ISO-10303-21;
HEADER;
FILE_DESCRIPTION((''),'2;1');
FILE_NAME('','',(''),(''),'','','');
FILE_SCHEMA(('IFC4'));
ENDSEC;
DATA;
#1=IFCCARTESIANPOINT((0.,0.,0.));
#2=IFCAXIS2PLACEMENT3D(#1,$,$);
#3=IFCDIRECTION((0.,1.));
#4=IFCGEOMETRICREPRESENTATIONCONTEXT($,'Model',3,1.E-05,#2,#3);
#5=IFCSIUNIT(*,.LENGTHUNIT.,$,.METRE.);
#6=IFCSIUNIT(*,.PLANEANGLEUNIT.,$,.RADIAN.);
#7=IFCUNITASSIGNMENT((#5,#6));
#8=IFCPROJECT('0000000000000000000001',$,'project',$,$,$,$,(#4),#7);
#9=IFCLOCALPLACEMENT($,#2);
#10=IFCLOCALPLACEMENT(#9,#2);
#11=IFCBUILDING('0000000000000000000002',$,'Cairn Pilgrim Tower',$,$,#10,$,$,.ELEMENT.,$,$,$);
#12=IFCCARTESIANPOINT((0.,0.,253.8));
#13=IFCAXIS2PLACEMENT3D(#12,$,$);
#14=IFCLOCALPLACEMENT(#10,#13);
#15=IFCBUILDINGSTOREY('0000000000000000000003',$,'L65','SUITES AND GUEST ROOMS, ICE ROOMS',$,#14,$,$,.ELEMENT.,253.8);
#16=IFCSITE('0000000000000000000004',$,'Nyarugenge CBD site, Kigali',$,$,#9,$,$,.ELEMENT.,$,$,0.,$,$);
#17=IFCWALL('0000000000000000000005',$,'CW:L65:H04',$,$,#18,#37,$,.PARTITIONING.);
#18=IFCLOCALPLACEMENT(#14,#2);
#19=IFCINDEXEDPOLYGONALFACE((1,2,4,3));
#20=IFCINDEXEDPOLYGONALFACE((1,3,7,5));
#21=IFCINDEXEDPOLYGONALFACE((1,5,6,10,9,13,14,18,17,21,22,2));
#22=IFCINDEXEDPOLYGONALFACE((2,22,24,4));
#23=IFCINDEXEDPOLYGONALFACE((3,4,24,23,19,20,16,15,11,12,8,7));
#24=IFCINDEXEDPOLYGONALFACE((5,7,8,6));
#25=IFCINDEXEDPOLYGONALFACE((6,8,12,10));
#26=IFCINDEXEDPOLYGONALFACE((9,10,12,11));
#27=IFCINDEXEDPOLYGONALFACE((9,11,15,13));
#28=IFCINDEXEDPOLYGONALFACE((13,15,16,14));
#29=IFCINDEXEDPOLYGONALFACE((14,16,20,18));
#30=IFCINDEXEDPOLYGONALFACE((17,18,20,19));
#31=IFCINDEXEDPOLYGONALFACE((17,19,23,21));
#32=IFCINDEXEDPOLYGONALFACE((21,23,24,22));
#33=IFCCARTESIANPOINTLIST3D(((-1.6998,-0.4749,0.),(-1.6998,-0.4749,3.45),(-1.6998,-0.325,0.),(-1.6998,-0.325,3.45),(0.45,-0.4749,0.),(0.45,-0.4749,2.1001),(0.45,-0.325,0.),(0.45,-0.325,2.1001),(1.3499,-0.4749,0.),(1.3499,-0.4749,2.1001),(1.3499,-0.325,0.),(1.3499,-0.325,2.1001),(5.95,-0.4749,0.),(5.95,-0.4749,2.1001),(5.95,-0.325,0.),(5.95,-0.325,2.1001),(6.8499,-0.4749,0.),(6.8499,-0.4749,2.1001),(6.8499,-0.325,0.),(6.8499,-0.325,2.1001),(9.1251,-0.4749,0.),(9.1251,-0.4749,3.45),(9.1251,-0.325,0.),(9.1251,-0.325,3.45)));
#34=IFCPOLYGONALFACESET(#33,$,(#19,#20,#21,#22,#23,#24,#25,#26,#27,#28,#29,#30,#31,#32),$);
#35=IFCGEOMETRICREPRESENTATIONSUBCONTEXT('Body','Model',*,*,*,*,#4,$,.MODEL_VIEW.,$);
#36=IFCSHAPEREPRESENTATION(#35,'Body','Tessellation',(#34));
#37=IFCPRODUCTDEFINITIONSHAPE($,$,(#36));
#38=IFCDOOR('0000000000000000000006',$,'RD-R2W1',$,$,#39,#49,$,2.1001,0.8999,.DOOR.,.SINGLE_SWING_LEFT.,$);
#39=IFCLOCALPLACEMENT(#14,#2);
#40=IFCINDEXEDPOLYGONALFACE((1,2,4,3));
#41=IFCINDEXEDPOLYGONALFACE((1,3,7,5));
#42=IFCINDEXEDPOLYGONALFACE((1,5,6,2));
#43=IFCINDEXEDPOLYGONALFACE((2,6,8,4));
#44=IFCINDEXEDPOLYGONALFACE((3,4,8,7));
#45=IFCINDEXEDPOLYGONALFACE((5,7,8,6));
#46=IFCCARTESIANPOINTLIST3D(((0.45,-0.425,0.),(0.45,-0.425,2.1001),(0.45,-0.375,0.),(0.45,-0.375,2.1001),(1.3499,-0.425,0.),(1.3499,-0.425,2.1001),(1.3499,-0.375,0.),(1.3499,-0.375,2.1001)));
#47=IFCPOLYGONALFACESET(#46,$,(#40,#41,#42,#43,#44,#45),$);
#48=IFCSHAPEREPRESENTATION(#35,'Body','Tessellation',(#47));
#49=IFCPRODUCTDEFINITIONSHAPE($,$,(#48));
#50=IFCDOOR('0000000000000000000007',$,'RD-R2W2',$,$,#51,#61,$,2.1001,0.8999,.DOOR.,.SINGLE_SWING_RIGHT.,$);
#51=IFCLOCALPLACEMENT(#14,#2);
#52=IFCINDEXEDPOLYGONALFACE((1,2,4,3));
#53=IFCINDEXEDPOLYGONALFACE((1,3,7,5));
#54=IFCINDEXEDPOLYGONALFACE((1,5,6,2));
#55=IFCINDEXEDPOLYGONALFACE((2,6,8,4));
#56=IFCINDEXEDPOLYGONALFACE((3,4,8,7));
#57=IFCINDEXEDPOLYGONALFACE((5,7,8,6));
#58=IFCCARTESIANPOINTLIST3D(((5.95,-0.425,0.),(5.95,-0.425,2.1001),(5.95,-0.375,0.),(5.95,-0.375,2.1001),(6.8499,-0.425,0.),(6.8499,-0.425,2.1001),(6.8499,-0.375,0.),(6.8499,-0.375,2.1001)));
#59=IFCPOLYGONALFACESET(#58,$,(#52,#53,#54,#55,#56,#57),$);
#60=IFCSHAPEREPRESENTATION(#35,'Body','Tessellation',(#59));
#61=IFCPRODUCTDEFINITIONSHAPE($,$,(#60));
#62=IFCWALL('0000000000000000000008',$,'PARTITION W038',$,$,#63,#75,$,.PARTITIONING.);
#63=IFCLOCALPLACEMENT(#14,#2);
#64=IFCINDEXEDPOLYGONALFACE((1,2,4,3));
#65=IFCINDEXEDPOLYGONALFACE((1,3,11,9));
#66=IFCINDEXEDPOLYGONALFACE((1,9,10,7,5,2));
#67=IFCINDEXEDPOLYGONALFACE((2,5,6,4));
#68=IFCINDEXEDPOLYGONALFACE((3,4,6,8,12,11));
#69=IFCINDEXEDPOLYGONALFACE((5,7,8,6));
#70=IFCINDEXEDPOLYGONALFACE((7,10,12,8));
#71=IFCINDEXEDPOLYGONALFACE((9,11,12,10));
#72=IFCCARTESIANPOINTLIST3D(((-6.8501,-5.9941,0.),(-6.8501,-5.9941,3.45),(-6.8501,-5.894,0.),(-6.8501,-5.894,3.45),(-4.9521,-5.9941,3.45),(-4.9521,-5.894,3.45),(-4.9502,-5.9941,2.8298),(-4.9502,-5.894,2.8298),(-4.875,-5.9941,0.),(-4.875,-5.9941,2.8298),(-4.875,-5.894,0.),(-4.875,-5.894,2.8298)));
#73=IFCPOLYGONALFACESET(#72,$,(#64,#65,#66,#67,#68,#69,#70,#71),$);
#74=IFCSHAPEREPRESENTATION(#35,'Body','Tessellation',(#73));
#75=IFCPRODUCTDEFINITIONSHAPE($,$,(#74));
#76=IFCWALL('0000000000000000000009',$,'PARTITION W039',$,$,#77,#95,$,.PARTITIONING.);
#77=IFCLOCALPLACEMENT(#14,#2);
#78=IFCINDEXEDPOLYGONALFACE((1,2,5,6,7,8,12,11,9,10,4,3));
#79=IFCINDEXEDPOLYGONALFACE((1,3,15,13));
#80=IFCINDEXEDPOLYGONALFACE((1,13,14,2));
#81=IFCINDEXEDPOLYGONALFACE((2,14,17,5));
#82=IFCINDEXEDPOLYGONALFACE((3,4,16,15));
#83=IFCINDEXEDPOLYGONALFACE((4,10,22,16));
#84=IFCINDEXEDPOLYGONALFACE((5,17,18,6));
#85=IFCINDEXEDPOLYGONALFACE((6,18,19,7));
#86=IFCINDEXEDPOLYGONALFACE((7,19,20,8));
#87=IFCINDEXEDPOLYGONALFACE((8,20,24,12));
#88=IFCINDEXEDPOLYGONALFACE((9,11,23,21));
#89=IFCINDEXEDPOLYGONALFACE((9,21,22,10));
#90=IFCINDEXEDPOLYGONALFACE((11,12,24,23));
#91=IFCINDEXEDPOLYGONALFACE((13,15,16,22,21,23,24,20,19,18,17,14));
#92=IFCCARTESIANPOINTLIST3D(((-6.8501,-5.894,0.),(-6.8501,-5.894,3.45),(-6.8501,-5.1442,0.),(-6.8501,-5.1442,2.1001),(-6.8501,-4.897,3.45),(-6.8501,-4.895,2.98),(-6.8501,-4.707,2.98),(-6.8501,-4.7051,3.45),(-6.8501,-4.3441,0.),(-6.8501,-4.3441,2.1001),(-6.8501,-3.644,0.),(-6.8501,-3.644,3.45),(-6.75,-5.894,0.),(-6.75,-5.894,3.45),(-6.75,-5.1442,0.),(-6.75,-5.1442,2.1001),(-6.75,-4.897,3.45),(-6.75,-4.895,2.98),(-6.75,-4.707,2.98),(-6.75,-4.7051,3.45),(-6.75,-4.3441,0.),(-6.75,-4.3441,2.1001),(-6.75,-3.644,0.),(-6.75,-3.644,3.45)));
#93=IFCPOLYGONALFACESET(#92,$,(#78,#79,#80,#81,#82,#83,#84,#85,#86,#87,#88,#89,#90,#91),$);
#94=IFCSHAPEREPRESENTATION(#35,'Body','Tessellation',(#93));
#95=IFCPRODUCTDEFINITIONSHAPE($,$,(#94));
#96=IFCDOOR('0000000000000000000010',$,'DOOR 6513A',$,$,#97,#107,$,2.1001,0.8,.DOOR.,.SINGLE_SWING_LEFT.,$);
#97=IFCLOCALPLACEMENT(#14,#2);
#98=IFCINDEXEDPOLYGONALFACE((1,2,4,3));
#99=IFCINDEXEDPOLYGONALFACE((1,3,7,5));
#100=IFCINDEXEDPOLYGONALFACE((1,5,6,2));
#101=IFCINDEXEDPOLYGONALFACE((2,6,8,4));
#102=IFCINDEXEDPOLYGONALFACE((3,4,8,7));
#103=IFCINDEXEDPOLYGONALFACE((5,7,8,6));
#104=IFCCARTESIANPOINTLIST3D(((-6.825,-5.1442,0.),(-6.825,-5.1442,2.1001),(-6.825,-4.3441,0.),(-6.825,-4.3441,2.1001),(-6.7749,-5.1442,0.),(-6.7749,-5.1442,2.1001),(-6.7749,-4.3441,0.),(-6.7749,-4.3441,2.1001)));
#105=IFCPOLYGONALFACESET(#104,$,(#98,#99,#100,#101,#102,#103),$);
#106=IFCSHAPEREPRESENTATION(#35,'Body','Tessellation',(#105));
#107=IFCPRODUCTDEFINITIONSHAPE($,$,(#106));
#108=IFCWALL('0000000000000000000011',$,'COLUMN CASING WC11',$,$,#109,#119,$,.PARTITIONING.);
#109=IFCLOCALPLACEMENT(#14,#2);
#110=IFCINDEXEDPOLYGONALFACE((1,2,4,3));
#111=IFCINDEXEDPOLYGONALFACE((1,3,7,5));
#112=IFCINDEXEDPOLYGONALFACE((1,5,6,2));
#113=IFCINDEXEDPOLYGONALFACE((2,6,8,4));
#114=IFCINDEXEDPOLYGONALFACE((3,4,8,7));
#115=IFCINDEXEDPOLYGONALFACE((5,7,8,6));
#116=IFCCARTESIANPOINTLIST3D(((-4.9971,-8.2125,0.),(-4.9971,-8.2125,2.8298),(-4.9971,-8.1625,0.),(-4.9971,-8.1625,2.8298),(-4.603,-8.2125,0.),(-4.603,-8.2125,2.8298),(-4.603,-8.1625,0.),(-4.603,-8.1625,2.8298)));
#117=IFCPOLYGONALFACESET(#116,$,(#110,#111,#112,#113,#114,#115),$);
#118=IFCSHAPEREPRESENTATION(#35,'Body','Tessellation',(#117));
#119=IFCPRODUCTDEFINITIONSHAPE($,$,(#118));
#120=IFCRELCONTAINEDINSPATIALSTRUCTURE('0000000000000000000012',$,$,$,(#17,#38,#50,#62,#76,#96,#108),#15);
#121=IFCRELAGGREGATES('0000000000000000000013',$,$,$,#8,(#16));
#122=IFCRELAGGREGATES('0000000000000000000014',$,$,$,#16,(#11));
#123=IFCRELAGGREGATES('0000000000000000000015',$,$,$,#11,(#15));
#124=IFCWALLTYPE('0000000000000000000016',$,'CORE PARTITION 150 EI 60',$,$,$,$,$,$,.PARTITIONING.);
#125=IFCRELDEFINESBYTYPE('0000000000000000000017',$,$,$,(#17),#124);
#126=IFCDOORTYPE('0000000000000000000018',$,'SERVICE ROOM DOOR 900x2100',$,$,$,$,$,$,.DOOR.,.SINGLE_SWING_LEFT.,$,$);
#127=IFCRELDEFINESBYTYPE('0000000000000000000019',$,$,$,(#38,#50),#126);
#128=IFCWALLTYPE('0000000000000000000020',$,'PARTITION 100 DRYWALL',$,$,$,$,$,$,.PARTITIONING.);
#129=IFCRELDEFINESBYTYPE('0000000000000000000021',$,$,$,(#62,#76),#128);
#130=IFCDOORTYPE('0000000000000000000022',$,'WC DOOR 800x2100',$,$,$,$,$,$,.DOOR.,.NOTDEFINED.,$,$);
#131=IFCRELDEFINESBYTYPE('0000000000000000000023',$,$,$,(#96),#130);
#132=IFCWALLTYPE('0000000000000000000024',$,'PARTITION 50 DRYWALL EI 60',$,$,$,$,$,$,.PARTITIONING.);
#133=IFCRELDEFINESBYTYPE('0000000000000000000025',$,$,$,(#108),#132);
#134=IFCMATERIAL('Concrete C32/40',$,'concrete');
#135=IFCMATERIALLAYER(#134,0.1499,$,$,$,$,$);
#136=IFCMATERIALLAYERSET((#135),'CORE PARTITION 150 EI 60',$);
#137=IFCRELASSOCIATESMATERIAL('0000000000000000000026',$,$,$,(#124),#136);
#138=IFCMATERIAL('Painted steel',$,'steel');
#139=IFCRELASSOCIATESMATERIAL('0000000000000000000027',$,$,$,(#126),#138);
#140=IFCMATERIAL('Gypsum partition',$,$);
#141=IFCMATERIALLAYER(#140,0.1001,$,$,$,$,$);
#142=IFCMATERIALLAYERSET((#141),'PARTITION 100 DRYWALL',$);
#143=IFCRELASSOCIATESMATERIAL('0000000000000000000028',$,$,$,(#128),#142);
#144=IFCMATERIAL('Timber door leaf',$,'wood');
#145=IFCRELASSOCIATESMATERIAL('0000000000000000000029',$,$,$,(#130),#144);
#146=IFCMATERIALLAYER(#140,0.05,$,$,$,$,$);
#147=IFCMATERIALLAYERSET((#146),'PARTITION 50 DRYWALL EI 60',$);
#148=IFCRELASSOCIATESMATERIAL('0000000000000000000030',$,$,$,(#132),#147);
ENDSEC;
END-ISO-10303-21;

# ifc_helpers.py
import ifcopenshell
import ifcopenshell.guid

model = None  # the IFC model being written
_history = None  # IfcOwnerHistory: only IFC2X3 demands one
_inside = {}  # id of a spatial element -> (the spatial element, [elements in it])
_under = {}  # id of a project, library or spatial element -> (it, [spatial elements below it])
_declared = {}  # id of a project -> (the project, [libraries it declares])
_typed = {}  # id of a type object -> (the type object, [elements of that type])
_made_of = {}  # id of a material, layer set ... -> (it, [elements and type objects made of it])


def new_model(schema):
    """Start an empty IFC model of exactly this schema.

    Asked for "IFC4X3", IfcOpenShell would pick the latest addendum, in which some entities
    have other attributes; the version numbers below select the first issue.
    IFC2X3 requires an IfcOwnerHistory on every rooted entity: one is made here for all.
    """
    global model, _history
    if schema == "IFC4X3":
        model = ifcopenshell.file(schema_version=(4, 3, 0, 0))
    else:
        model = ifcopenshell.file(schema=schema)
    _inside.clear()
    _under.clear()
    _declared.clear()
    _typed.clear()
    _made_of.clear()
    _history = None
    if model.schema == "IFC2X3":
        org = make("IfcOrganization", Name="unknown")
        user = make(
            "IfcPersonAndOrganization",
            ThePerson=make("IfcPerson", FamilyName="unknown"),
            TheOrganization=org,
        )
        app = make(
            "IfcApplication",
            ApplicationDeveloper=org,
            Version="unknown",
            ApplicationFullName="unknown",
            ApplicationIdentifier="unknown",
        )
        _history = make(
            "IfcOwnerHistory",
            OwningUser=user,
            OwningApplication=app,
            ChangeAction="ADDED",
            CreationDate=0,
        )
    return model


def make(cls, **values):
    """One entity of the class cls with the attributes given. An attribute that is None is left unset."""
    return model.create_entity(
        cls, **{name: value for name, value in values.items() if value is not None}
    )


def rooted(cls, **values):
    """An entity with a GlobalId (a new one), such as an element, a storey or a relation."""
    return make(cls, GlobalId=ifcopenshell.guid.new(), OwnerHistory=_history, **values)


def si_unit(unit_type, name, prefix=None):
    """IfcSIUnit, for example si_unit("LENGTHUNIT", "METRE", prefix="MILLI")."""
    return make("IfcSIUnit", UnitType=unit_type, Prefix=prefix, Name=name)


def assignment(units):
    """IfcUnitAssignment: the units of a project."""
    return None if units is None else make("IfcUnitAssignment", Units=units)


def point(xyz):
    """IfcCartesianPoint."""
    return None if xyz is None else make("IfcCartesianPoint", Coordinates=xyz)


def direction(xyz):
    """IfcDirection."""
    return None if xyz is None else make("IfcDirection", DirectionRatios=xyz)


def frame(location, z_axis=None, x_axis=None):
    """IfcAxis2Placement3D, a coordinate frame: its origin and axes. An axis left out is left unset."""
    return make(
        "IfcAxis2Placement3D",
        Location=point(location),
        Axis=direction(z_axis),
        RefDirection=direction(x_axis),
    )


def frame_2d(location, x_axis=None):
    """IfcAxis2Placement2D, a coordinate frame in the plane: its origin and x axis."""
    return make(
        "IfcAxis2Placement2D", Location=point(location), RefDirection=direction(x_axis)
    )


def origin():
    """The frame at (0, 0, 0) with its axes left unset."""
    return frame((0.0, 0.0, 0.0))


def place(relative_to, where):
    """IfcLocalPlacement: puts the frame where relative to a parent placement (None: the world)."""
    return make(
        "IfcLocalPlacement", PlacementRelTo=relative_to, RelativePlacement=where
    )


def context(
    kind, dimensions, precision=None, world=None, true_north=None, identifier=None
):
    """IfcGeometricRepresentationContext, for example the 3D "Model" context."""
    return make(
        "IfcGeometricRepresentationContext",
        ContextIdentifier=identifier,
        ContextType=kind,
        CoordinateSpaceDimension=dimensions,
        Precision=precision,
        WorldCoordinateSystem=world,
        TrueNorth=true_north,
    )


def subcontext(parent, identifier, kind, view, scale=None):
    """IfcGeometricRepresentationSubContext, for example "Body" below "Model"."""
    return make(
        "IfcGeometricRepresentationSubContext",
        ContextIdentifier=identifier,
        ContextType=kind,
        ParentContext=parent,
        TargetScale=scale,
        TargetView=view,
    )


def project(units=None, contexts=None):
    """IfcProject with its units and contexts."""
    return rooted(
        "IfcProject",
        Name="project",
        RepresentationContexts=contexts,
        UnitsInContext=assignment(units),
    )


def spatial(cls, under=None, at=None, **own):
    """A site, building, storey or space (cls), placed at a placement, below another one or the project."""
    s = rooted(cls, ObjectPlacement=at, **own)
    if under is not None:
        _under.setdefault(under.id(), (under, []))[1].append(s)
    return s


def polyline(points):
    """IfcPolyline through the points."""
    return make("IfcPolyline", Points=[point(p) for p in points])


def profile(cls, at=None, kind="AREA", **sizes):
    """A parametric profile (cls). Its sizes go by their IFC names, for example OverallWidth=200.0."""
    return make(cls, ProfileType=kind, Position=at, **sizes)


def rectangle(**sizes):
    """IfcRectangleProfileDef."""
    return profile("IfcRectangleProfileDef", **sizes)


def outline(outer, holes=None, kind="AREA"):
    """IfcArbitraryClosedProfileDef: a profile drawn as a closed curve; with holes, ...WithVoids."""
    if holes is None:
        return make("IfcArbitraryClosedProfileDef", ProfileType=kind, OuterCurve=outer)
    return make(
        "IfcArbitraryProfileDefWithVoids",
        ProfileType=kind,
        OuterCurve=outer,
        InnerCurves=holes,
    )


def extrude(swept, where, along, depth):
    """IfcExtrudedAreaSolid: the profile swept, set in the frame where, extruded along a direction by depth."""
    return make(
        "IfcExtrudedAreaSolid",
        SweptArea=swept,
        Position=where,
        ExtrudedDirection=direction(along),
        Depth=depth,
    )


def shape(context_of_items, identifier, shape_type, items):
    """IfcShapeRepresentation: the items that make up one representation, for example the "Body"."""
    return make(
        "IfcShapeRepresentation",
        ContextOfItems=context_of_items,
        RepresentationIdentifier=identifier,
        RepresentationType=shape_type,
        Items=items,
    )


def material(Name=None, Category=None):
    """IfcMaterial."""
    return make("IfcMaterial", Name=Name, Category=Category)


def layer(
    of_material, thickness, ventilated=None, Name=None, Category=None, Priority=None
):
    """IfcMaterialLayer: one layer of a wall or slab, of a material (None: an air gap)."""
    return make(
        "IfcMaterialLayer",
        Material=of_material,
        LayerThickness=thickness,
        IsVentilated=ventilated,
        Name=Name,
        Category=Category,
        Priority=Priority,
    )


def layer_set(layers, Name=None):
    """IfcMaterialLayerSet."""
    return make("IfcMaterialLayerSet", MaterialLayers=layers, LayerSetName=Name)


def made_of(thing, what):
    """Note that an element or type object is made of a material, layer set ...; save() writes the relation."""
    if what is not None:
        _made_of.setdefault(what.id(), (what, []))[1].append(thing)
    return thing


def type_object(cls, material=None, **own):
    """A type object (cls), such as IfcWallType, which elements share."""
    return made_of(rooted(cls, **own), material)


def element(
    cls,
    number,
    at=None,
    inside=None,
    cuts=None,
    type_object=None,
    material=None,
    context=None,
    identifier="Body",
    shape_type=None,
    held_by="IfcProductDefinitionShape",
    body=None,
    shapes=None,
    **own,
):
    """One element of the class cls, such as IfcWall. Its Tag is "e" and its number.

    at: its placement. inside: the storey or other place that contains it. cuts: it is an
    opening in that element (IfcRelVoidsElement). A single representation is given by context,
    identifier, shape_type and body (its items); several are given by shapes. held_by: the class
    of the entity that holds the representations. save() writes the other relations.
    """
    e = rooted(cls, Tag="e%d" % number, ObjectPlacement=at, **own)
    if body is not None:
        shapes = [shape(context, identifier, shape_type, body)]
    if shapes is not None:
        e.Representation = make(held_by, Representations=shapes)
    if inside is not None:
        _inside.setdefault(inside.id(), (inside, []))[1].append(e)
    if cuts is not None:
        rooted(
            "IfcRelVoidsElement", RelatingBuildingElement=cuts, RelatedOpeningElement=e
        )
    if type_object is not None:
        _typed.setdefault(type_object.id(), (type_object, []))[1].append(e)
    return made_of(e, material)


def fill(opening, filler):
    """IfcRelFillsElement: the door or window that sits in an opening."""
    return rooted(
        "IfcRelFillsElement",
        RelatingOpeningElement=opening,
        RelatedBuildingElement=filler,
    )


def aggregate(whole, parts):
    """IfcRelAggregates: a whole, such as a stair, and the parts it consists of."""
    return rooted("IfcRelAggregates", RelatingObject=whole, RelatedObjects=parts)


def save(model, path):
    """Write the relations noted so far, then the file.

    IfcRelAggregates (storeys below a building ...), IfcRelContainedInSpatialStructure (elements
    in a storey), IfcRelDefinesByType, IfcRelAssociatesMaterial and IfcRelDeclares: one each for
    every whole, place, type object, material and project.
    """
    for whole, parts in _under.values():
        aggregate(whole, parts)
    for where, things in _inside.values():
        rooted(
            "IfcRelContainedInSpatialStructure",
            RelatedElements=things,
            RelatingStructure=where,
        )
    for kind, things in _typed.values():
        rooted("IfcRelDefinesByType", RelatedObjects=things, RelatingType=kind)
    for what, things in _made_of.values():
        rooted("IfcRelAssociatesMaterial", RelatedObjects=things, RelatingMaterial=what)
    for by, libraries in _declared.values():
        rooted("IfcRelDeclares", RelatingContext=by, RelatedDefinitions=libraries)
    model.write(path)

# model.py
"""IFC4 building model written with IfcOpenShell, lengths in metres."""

from ifc_helpers import new_model, si_unit, direction, frame, frame_2d, origin, place, context, subcontext, project, spatial, polyline, rectangle, outline, extrude, material, layer, layer_set, type_object, element, fill, save


model = new_model("IFC4")

# Units and contexts
model_context = context("Model", 3, precision=1e-05, world=origin(), true_north=direction((0.0, 1.0)))
body_context = subcontext(model_context, "Body", "Model", "MODEL_VIEW")
ifc_project = project(units=[si_unit("LENGTHUNIT", "METRE"), si_unit("PLANEANGLEUNIT", "RADIAN")], contexts=[model_context])

# Site, building, storey
site_placement = place(None, origin())
site = spatial("IfcSite", under=ifc_project, at=site_placement, Name="Nyarugenge CBD site, Kigali", CompositionType="ELEMENT", RefElevation=0.0)
building_placement = place(site_placement, origin())
building = spatial("IfcBuilding", under=site, at=building_placement, Name="Cairn Pilgrim Tower", CompositionType="ELEMENT")
storey_placement = place(building_placement, frame((0.0, 0.0, 253.8)))
storey = spatial("IfcBuildingStorey", under=building, at=storey_placement, Name="L65", Description="SUITES AND GUEST ROOMS, ICE ROOMS", CompositionType="ELEMENT", Elevation=253.8)

# Shared definitions
ifc_material_1 = material(Name="Concrete C32/40", Category="concrete")

# Wall, openings, doors
ifc_material_2 = material(Name="Painted steel", Category="steel")
ifc_layer_1 = layer(ifc_material_1, 0.1499)
ifc_layer_set_1 = layer_set([ifc_layer_1], Name="CORE PARTITION 150 EI 60")
wall_type_1 = type_object("IfcWallType", Name="CORE PARTITION 150 EI 60", PredefinedType="PARTITIONING", material=ifc_layer_set_1)
door_type_1 = type_object("IfcDoorType", Name="SERVICE ROOM DOOR 900x2100", OperationType="SINGLE_SWING_LEFT", PredefinedType="DOOR", material=ifc_material_2)
wall_1_placement = place(storey_placement, frame((-1.7, -0.3999, 0.0), z_axis=(0.0, 0.0, 1.0), x_axis=(1.0, 0.0, 0.0)))
wall_1 = element("IfcWall", 1, at=wall_1_placement, inside=storey, type_object=wall_type_1, Name="CW:L65:H04", PredefinedType="PARTITIONING", context=body_context, shape_type="SweptSolid", body=[
    extrude(rectangle(XDim=10.825, YDim=0.1499, at=frame_2d((5.4126, 0.0))), origin(), (0.0, 0.0, 1.0), 3.45),
])
opening_1_placement = place(wall_1_placement, frame((2.1499, 0.0, 0.0)))
opening_1 = element("IfcOpeningElement", 2, at=opening_1_placement, cuts=wall_1, PredefinedType="OPENING", context=body_context, shape_type="SweptSolid", body=[
    extrude(rectangle(XDim=0.8999, YDim=2.1001, at=frame_2d((0.45, 1.05))), frame((0.0, 0.085, 0.0), z_axis=(0.0, -1.0, 0.0), x_axis=(1.0, 0.0, 0.0)), (0.0, 0.0, 1.0), 0.1699),
])
opening_2_placement = place(wall_1_placement, frame((7.6499, 0.0, 0.0)))
opening_2 = element("IfcOpeningElement", 3, at=opening_2_placement, cuts=wall_1, PredefinedType="OPENING", context=body_context, shape_type="SweptSolid", body=[
    extrude(rectangle(XDim=0.8999, YDim=2.1001, at=frame_2d((0.45, 1.05))), frame((0.0, 0.085, 0.0), z_axis=(0.0, -1.0, 0.0), x_axis=(1.0, 0.0, 0.0)), (0.0, 0.0, 1.0), 0.1699),
])
door_1_placement = place(opening_1_placement, origin())
door_1 = element("IfcDoor", 4, at=door_1_placement, inside=storey, type_object=door_type_1, Name="RD-R2W1", OperationType="SINGLE_SWING_LEFT", OverallHeight=2.1001, OverallWidth=0.8999, PredefinedType="DOOR", context=body_context, shape_type="SweptSolid", body=[
    extrude(rectangle(XDim=0.8999, YDim=2.1001, at=frame_2d((0.45, 1.05))), frame((0.0, 0.0249, 0.0), z_axis=(0.0, -1.0, 0.0), x_axis=(1.0, 0.0, 0.0)), (0.0, 0.0, 1.0), 0.05),
])
fill(opening_1, door_1)
door_2_placement = place(opening_2_placement, origin())
door_2 = element("IfcDoor", 5, at=door_2_placement, inside=storey, type_object=door_type_1, Name="RD-R2W2", OperationType="SINGLE_SWING_RIGHT", OverallHeight=2.1001, OverallWidth=0.8999, PredefinedType="DOOR", context=body_context, shape_type="SweptSolid", body=[
    extrude(rectangle(XDim=0.8999, YDim=2.1001, at=frame_2d((0.45, 1.05))), frame((0.0, 0.0249, 0.0), z_axis=(0.0, -1.0, 0.0), x_axis=(1.0, 0.0, 0.0)), (0.0, 0.0, 1.0), 0.05),
])
fill(opening_2, door_2)

# Wall
ifc_material_3 = material(Name="Gypsum partition")
ifc_layer_2 = layer(ifc_material_3, 0.1001)
ifc_layer_set_2 = layer_set([ifc_layer_2], Name="PARTITION 100 DRYWALL")
wall_type_2 = type_object("IfcWallType", Name="PARTITION 100 DRYWALL", PredefinedType="PARTITIONING", material=ifc_layer_set_2)
wall_2_placement = place(storey_placement, frame((-6.8501, -5.9441, 0.0), z_axis=(0.0, 0.0, 1.0), x_axis=(1.0, 0.0, 0.0)))
element("IfcWall", 6, at=wall_2_placement, inside=storey, type_object=wall_type_2, Name="PARTITION W038", PredefinedType="PARTITIONING", context=body_context, shape_type="SweptSolid", body=[
    extrude(outline(polyline([(0.0, 0.0), (1.9751, 0.0), (1.9751, 2.8298), (1.8999, 2.8298), (1.8979, 3.45), (0.0, 3.45), (0.0, 0.0)])), frame((0.0, 0.05, 0.0), z_axis=(0.0, -1.0, 0.0), x_axis=(1.0, 0.0, 0.0)), (0.0, 0.0, 1.0), 0.1001),
])

# Wall, opening, door
wall_3_placement = place(storey_placement, frame((-6.8, -5.894, 0.0), z_axis=(0.0, 0.0, 1.0), x_axis=(0.0, 1.0, 0.0)))
wall_3 = element("IfcWall", 7, at=wall_3_placement, inside=storey, type_object=wall_type_2, Name="PARTITION W039", PredefinedType="PARTITIONING", context=body_context, shape_type="SweptSolid", body=[
    extrude(outline(polyline([(0.0, 0.0), (2.25, 0.0), (2.25, 3.45), (1.189, 3.45), (1.187, 2.98), (0.999, 2.98), (0.9971, 3.45), (0.0, 3.45), (0.0, 0.0)])), frame((0.0, 0.05, 0.0), z_axis=(0.0, -1.0, 0.0), x_axis=(1.0, 0.0, 0.0)), (0.0, 0.0, 1.0), 0.1001),
])
opening_3_placement = place(wall_3_placement, frame((0.75, 0.0, 0.0)))
opening_3 = element("IfcOpeningElement", 8, at=opening_3_placement, cuts=wall_3, PredefinedType="OPENING", context=body_context, shape_type="SweptSolid", body=[
    extrude(rectangle(XDim=0.8, YDim=2.1001, at=frame_2d((0.3999, 1.05))), frame((0.0, 0.0601, 0.0), z_axis=(0.0, -1.0, 0.0), x_axis=(1.0, 0.0, 0.0)), (0.0, 0.0, 1.0), 0.1201),
])
ifc_material_4 = material(Name="Timber door leaf", Category="wood")
door_type_2 = type_object("IfcDoorType", Name="WC DOOR 800x2100", OperationType="NOTDEFINED", PredefinedType="DOOR", material=ifc_material_4)
door_3_placement = place(opening_3_placement, origin())
door_3 = element("IfcDoor", 9, at=door_3_placement, inside=storey, type_object=door_type_2, Name="DOOR 6513A", OperationType="SINGLE_SWING_LEFT", OverallHeight=2.1001, OverallWidth=0.8, PredefinedType="DOOR", context=body_context, shape_type="SweptSolid", body=[
    extrude(rectangle(XDim=0.8, YDim=2.1001, at=frame_2d((0.3999, 1.05))), frame((0.0, 0.0249, 0.0), z_axis=(0.0, -1.0, 0.0), x_axis=(1.0, 0.0, 0.0)), (0.0, 0.0, 1.0), 0.05),
])
fill(opening_3, door_3)

# Wall
ifc_layer_3 = layer(ifc_material_3, 0.05)
ifc_layer_set_3 = layer_set([ifc_layer_3], Name="PARTITION 50 DRYWALL EI 60")
wall_type_3 = type_object("IfcWallType", Name="PARTITION 50 DRYWALL EI 60", PredefinedType="PARTITIONING", material=ifc_layer_set_3)
wall_4_placement = place(storey_placement, frame((-4.9971, -8.1875, 0.0), z_axis=(0.0, 0.0, 1.0), x_axis=(1.0, 0.0, 0.0)))
element("IfcWall", 10, at=wall_4_placement, inside=storey, type_object=wall_type_3, Name="COLUMN CASING WC11", PredefinedType="PARTITIONING", context=body_context, shape_type="SweptSolid", body=[
    extrude(rectangle(XDim=0.394, YDim=0.05, at=frame_2d((0.197, 0.0))), origin(), (0.0, 0.0, 1.0), 2.8298),
])

save(model, "model.ifc")
